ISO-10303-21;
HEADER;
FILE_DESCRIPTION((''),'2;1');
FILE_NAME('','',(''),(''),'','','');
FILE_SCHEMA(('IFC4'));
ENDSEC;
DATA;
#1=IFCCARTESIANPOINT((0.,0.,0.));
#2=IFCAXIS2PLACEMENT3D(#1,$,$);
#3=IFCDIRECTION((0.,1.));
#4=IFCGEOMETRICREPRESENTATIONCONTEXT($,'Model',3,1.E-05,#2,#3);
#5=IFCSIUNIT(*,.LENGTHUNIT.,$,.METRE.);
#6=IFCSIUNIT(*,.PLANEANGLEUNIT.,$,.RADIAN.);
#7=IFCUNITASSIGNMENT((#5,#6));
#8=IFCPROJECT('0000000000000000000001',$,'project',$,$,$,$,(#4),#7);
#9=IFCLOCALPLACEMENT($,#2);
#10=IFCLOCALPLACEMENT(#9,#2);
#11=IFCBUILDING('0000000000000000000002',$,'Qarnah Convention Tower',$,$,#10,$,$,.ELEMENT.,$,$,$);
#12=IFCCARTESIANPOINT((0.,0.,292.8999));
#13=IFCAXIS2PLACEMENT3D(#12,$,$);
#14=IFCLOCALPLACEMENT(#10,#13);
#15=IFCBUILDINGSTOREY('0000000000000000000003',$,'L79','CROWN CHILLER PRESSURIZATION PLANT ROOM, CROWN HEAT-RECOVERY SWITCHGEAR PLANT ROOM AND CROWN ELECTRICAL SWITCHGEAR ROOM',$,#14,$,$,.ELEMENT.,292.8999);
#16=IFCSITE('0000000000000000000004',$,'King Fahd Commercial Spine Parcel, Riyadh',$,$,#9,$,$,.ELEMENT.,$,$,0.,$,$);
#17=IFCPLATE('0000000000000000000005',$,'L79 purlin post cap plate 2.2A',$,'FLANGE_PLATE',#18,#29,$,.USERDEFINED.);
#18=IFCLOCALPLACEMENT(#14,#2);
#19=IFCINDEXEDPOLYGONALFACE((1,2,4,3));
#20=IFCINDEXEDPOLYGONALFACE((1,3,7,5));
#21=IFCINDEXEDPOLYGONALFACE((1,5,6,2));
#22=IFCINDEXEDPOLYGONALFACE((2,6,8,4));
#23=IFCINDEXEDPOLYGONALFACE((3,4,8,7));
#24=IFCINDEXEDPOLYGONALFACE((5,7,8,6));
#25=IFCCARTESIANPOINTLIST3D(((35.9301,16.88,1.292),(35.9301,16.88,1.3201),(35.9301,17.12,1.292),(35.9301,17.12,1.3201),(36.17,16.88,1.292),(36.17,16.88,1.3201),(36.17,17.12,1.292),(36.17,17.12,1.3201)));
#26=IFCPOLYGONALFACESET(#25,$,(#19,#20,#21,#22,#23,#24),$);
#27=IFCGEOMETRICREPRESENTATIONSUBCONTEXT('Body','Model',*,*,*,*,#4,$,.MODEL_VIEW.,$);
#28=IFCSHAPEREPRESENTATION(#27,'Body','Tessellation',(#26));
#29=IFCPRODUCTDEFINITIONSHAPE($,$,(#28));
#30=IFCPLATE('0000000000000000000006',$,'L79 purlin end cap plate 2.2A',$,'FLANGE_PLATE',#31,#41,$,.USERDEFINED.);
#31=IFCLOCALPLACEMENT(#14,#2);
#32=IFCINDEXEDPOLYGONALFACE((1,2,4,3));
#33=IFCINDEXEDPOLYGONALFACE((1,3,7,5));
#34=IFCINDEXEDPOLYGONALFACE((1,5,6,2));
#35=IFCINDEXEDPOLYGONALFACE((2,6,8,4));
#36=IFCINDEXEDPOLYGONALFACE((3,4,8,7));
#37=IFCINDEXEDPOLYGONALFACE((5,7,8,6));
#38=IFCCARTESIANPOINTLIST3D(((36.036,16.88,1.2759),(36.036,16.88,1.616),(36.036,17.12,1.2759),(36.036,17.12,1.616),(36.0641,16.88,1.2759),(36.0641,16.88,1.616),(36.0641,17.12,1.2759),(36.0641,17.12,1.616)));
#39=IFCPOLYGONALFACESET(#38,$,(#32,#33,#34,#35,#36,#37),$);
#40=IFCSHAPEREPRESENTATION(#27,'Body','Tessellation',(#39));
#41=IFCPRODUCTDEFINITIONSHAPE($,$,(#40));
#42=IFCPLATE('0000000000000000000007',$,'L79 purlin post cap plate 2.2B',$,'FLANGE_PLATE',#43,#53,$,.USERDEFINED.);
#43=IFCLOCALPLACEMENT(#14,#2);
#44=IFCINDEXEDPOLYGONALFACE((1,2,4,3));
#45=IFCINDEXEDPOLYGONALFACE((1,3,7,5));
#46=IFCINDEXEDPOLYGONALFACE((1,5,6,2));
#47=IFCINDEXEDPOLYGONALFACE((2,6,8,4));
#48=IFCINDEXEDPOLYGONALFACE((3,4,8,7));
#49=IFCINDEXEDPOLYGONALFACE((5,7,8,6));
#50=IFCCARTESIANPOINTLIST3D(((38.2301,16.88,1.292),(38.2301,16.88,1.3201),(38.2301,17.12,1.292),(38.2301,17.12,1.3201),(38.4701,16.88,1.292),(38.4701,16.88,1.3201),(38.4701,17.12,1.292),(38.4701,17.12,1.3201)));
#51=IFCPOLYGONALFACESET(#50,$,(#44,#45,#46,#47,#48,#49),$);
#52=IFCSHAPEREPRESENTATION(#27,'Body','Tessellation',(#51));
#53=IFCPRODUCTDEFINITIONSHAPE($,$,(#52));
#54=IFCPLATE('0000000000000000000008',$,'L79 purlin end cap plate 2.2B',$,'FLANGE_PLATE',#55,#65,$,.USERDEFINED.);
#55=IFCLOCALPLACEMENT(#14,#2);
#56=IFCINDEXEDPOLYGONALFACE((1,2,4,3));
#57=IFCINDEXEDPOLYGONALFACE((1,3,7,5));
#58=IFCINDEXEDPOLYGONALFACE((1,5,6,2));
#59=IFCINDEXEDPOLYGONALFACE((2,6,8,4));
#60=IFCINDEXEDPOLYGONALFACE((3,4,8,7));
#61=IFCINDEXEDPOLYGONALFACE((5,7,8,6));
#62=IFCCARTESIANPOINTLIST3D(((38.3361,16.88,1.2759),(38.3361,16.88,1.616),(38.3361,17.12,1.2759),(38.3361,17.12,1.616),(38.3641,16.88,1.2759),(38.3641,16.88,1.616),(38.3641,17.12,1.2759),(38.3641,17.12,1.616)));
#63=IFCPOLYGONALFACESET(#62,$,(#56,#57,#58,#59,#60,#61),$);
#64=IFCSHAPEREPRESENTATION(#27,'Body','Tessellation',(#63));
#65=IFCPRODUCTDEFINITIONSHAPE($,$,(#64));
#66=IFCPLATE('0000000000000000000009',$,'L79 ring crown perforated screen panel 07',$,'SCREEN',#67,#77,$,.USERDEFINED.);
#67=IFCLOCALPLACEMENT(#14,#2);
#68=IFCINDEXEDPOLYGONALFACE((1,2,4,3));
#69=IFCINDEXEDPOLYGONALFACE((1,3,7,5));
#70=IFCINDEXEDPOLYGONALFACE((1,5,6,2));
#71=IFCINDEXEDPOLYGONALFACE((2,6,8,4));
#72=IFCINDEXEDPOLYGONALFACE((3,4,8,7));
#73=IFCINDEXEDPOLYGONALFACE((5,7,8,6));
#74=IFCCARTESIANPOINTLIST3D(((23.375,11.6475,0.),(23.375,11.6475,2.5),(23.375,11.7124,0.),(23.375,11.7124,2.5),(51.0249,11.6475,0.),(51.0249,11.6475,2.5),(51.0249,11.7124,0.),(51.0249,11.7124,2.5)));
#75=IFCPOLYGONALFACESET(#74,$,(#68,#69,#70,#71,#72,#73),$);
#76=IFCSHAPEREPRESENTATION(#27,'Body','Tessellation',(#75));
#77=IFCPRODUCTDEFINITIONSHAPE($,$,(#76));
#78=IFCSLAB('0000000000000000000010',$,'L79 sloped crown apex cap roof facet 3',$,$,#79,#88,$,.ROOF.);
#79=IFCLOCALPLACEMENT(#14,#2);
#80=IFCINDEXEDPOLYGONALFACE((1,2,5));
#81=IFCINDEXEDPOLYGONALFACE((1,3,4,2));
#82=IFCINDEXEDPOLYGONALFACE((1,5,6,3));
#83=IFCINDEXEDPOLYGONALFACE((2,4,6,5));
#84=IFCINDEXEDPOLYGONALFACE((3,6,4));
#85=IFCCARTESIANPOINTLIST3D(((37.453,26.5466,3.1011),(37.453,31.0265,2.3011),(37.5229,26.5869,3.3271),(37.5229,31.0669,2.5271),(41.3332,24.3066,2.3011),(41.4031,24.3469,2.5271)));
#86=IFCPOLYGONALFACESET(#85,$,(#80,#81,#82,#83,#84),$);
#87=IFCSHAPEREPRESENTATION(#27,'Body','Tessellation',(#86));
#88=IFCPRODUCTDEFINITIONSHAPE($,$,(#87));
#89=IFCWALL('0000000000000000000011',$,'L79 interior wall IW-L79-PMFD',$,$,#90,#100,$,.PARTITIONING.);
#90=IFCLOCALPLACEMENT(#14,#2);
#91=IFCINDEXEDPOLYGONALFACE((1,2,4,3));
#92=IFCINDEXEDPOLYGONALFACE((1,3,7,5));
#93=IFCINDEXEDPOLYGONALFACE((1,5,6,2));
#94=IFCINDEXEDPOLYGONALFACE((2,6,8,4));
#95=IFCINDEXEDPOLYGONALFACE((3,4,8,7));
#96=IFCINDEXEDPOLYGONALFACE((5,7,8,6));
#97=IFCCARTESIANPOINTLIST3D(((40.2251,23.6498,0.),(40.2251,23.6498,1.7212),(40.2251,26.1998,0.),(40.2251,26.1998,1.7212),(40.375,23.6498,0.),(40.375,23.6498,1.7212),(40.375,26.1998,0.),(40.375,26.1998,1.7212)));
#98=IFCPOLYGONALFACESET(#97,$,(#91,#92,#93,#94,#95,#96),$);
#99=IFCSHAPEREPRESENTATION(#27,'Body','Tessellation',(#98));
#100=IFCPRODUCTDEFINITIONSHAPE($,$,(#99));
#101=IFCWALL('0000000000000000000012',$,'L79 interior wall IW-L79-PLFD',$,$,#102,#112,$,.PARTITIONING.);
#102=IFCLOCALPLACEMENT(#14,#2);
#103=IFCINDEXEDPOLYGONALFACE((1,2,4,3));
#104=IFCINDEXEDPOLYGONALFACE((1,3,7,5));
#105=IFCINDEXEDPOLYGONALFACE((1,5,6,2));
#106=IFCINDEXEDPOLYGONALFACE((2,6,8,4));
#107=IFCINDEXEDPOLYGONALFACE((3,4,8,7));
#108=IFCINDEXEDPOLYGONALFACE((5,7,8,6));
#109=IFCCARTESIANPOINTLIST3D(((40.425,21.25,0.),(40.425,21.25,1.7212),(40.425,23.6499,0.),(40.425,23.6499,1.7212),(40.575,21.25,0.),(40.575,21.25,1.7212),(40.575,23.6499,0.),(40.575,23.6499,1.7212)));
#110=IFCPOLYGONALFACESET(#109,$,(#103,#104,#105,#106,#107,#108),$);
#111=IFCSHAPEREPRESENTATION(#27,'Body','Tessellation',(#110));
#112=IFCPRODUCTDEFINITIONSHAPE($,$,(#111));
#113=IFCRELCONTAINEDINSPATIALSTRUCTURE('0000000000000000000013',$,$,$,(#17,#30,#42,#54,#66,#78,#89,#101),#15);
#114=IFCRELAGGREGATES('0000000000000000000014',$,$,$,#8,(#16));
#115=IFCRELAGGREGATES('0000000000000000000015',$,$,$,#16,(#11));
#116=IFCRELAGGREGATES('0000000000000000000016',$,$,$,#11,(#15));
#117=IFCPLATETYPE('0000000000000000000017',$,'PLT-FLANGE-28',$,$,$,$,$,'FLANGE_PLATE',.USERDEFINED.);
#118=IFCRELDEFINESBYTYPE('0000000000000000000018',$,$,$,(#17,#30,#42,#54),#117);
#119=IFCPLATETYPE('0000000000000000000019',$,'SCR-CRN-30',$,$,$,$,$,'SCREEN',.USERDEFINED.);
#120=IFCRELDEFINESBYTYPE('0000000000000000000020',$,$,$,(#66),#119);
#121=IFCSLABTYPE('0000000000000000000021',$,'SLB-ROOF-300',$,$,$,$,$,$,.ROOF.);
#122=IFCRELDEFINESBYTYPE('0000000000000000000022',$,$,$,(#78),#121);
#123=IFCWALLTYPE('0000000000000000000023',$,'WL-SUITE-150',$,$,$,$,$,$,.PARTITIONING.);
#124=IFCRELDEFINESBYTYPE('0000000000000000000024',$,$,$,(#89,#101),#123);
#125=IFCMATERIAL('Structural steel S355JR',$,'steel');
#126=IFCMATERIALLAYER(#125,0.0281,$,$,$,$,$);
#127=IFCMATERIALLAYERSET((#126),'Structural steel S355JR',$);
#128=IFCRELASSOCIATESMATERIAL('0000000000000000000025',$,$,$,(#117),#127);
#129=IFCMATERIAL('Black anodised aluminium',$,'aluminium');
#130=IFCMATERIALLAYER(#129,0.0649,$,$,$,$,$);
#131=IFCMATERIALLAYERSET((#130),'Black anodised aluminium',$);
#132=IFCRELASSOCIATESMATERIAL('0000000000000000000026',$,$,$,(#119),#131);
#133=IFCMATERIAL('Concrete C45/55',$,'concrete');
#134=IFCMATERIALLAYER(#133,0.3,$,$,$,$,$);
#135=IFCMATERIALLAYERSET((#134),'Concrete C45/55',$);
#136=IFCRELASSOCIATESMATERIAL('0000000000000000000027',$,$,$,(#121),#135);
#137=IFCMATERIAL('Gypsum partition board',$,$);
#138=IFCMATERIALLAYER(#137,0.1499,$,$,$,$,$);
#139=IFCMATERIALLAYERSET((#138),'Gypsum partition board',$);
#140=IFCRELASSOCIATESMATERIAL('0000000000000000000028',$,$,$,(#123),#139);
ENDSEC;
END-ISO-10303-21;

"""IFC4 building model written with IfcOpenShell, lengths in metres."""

from ifc_helpers import new_model, si_unit, direction, frame, frame_2d, origin, origin_2d, place, context, subcontext, project, spatial, polyline, rectangle, outline, extrude, material, layer, layer_set, type_object, element, save


model = new_model("IFC4")

# Units and contexts
model_context = context("Model", 3, precision=1e-05, world=origin(), true_north=direction((0.0, 1.0)))
body_context = subcontext(model_context, "Body", "Model", "MODEL_VIEW")
ifc_project = project(units=[si_unit("LENGTHUNIT", "METRE"), si_unit("PLANEANGLEUNIT", "RADIAN")], contexts=[model_context])

# Site, building, storey
site_placement = place(None, origin())
site = spatial("IfcSite", under=ifc_project, at=site_placement, Name="King Fahd Commercial Spine Parcel, Riyadh", CompositionType="ELEMENT", RefElevation=0.0)
building_placement = place(site_placement, origin())
building = spatial("IfcBuilding", under=site, at=building_placement, Name="Qarnah Convention Tower", CompositionType="ELEMENT")
storey_placement = place(building_placement, frame((0.0, 0.0, 292.8999)))
storey = spatial("IfcBuildingStorey", under=building, at=storey_placement, Name="L79", Description="CROWN CHILLER PRESSURIZATION PLANT ROOM, CROWN HEAT-RECOVERY SWITCHGEAR PLANT ROOM AND CROWN ELECTRICAL SWITCHGEAR ROOM", CompositionType="ELEMENT", Elevation=292.8999)

# Shared definitions
ifc_material_1 = material(Name="Structural steel S355JR", Category="steel")

# Plates
ifc_layer_1 = layer(ifc_material_1, 0.0281)
ifc_layer_set_1 = layer_set([ifc_layer_1], Name="Structural steel S355JR")
plate_type_1 = type_object("IfcPlateType", Name="PLT-FLANGE-28", ElementType="FLANGE_PLATE", PredefinedType="USERDEFINED", material=ifc_layer_set_1)
for number, where, z_axis, x_axis, name in (
    (1, (36.05, 17.0, 1.292), (0.0, 0.0, 1.0), (1.0, 0.0, 0.0), "L79 purlin post cap plate 2.2A"),
):
    element("IfcPlate", number, at=place(storey_placement, frame(where, z_axis=z_axis, x_axis=x_axis)), inside=storey, type_object=plate_type_1, Name=name, ObjectType="FLANGE_PLATE", PredefinedType="USERDEFINED", context=body_context, shape_type="SweptSolid", body=[
        extrude(rectangle(XDim=0.24, YDim=0.24, at=origin_2d()), origin(), (0.0, 0.0, 1.0), 0.0281),
    ])
plate_1_placement = place(storey_placement, frame((36.05, 17.0, 1.2759), z_axis=(0.0, 0.0, 1.0), x_axis=(1.0, 0.0, 0.0)))
element("IfcPlate", 2, at=plate_1_placement, inside=storey, type_object=plate_type_1, Name="L79 purlin end cap plate 2.2A", ObjectType="FLANGE_PLATE", PredefinedType="USERDEFINED", context=body_context, shape_type="SweptSolid", body=[
    extrude(rectangle(XDim=0.0281, YDim=0.24, at=origin_2d()), origin(), (0.0, 0.0, 1.0), 0.3401),
])
plate_2_placement = place(storey_placement, frame((38.3501, 17.0, 1.292), z_axis=(0.0, 0.0, 1.0), x_axis=(1.0, 0.0, 0.0)))
element("IfcPlate", 3, at=plate_2_placement, inside=storey, type_object=plate_type_1, Name="L79 purlin post cap plate 2.2B", ObjectType="FLANGE_PLATE", PredefinedType="USERDEFINED", context=body_context, shape_type="SweptSolid", body=[
    extrude(rectangle(XDim=0.24, YDim=0.24, at=origin_2d()), origin(), (0.0, 0.0, 1.0), 0.0281),
])
plate_3_placement = place(storey_placement, frame((38.3501, 17.0, 1.2759), z_axis=(0.0, 0.0, 1.0), x_axis=(1.0, 0.0, 0.0)))
element("IfcPlate", 4, at=plate_3_placement, inside=storey, type_object=plate_type_1, Name="L79 purlin end cap plate 2.2B", ObjectType="FLANGE_PLATE", PredefinedType="USERDEFINED", context=body_context, shape_type="SweptSolid", body=[
    extrude(rectangle(XDim=0.0281, YDim=0.24, at=origin_2d()), origin(), (0.0, 0.0, 1.0), 0.3401),
])
ifc_material_2 = material(Name="Black anodised aluminium", Category="aluminium")
ifc_layer_2 = layer(ifc_material_2, 0.0649)
ifc_layer_set_2 = layer_set([ifc_layer_2], Name="Black anodised aluminium")
plate_type_2 = type_object("IfcPlateType", Name="SCR-CRN-30", ElementType="SCREEN", PredefinedType="USERDEFINED", material=ifc_layer_set_2)
plate_4_placement = place(storey_placement, frame((37.2, 11.6799, 0.0), z_axis=(0.0, 0.0, 1.0), x_axis=(-1.0, 0.0, 0.0)))
element("IfcPlate", 5, at=plate_4_placement, inside=storey, type_object=plate_type_2, Name="L79 ring crown perforated screen panel 07", ObjectType="SCREEN", PredefinedType="USERDEFINED", context=body_context, shape_type="SweptSolid", body=[
    extrude(rectangle(XDim=27.6499, YDim=0.0649, at=origin_2d()), origin(), (0.0, 0.0, 1.0), 2.5),
])

# Slab
ifc_material_3 = material(Name="Concrete C45/55", Category="concrete")
ifc_layer_3 = layer(ifc_material_3, 0.3)
ifc_layer_set_3 = layer_set([ifc_layer_3], Name="Concrete C45/55")
slab_type = type_object("IfcSlabType", Name="SLB-ROOF-300", PredefinedType="ROOF", material=ifc_layer_set_3)
slab_placement = place(storey_placement, frame((41.4031, 24.3469, 2.5271), z_axis=(0.291269, 0.168179, 0.941742), x_axis=(-0.500034, 0.866006, 0.0)))
element("IfcSlab", 6, at=slab_placement, inside=storey, type_object=slab_type, Name="L79 sloped crown apex cap roof facet 3", PredefinedType="ROOF", context=body_context, shape_type="SweptSolid", body=[
    extrude(outline(polyline([(0.0, 0.0), (7.7597, 0.0), (3.88, 2.3787), (0.0, 0.0)])), origin(), (0.0, 0.0, -1.0), 0.24),
])

# Walls
ifc_material_4 = material(Name="Gypsum partition board")
ifc_layer_4 = layer(ifc_material_4, 0.1499)
ifc_layer_set_4 = layer_set([ifc_layer_4], Name="Gypsum partition board")
wall_type = type_object("IfcWallType", Name="WL-SUITE-150", PredefinedType="PARTITIONING", material=ifc_layer_set_4)
wall_1_placement = place(storey_placement, frame((40.3, 23.6499, 0.0), z_axis=(0.0, 0.0, 1.0), x_axis=(0.0, 1.0, 0.0)))
element("IfcWall", 7, at=wall_1_placement, inside=storey, type_object=wall_type, Name="L79 interior wall IW-L79-PMFD", PredefinedType="PARTITIONING", context=body_context, shape_type="SweptSolid", body=[
    extrude(rectangle(XDim=2.55, YDim=0.1499, at=frame_2d((1.2749, 0.0))), origin(), (0.0, 0.0, 1.0), 1.7212),
])
wall_2_placement = place(storey_placement, frame((40.5, 21.25, 0.0), z_axis=(0.0, 0.0, 1.0), x_axis=(0.0, 1.0, 0.0)))
element("IfcWall", 8, at=wall_2_placement, inside=storey, type_object=wall_type, Name="L79 interior wall IW-L79-PLFD", PredefinedType="PARTITIONING", context=body_context, shape_type="SweptSolid", body=[
    extrude(rectangle(XDim=2.3999, YDim=0.1499, at=frame_2d((1.2, 0.0))), origin(), (0.0, 0.0, 1.0), 1.7212),
])

save(model, "model.ifc")
